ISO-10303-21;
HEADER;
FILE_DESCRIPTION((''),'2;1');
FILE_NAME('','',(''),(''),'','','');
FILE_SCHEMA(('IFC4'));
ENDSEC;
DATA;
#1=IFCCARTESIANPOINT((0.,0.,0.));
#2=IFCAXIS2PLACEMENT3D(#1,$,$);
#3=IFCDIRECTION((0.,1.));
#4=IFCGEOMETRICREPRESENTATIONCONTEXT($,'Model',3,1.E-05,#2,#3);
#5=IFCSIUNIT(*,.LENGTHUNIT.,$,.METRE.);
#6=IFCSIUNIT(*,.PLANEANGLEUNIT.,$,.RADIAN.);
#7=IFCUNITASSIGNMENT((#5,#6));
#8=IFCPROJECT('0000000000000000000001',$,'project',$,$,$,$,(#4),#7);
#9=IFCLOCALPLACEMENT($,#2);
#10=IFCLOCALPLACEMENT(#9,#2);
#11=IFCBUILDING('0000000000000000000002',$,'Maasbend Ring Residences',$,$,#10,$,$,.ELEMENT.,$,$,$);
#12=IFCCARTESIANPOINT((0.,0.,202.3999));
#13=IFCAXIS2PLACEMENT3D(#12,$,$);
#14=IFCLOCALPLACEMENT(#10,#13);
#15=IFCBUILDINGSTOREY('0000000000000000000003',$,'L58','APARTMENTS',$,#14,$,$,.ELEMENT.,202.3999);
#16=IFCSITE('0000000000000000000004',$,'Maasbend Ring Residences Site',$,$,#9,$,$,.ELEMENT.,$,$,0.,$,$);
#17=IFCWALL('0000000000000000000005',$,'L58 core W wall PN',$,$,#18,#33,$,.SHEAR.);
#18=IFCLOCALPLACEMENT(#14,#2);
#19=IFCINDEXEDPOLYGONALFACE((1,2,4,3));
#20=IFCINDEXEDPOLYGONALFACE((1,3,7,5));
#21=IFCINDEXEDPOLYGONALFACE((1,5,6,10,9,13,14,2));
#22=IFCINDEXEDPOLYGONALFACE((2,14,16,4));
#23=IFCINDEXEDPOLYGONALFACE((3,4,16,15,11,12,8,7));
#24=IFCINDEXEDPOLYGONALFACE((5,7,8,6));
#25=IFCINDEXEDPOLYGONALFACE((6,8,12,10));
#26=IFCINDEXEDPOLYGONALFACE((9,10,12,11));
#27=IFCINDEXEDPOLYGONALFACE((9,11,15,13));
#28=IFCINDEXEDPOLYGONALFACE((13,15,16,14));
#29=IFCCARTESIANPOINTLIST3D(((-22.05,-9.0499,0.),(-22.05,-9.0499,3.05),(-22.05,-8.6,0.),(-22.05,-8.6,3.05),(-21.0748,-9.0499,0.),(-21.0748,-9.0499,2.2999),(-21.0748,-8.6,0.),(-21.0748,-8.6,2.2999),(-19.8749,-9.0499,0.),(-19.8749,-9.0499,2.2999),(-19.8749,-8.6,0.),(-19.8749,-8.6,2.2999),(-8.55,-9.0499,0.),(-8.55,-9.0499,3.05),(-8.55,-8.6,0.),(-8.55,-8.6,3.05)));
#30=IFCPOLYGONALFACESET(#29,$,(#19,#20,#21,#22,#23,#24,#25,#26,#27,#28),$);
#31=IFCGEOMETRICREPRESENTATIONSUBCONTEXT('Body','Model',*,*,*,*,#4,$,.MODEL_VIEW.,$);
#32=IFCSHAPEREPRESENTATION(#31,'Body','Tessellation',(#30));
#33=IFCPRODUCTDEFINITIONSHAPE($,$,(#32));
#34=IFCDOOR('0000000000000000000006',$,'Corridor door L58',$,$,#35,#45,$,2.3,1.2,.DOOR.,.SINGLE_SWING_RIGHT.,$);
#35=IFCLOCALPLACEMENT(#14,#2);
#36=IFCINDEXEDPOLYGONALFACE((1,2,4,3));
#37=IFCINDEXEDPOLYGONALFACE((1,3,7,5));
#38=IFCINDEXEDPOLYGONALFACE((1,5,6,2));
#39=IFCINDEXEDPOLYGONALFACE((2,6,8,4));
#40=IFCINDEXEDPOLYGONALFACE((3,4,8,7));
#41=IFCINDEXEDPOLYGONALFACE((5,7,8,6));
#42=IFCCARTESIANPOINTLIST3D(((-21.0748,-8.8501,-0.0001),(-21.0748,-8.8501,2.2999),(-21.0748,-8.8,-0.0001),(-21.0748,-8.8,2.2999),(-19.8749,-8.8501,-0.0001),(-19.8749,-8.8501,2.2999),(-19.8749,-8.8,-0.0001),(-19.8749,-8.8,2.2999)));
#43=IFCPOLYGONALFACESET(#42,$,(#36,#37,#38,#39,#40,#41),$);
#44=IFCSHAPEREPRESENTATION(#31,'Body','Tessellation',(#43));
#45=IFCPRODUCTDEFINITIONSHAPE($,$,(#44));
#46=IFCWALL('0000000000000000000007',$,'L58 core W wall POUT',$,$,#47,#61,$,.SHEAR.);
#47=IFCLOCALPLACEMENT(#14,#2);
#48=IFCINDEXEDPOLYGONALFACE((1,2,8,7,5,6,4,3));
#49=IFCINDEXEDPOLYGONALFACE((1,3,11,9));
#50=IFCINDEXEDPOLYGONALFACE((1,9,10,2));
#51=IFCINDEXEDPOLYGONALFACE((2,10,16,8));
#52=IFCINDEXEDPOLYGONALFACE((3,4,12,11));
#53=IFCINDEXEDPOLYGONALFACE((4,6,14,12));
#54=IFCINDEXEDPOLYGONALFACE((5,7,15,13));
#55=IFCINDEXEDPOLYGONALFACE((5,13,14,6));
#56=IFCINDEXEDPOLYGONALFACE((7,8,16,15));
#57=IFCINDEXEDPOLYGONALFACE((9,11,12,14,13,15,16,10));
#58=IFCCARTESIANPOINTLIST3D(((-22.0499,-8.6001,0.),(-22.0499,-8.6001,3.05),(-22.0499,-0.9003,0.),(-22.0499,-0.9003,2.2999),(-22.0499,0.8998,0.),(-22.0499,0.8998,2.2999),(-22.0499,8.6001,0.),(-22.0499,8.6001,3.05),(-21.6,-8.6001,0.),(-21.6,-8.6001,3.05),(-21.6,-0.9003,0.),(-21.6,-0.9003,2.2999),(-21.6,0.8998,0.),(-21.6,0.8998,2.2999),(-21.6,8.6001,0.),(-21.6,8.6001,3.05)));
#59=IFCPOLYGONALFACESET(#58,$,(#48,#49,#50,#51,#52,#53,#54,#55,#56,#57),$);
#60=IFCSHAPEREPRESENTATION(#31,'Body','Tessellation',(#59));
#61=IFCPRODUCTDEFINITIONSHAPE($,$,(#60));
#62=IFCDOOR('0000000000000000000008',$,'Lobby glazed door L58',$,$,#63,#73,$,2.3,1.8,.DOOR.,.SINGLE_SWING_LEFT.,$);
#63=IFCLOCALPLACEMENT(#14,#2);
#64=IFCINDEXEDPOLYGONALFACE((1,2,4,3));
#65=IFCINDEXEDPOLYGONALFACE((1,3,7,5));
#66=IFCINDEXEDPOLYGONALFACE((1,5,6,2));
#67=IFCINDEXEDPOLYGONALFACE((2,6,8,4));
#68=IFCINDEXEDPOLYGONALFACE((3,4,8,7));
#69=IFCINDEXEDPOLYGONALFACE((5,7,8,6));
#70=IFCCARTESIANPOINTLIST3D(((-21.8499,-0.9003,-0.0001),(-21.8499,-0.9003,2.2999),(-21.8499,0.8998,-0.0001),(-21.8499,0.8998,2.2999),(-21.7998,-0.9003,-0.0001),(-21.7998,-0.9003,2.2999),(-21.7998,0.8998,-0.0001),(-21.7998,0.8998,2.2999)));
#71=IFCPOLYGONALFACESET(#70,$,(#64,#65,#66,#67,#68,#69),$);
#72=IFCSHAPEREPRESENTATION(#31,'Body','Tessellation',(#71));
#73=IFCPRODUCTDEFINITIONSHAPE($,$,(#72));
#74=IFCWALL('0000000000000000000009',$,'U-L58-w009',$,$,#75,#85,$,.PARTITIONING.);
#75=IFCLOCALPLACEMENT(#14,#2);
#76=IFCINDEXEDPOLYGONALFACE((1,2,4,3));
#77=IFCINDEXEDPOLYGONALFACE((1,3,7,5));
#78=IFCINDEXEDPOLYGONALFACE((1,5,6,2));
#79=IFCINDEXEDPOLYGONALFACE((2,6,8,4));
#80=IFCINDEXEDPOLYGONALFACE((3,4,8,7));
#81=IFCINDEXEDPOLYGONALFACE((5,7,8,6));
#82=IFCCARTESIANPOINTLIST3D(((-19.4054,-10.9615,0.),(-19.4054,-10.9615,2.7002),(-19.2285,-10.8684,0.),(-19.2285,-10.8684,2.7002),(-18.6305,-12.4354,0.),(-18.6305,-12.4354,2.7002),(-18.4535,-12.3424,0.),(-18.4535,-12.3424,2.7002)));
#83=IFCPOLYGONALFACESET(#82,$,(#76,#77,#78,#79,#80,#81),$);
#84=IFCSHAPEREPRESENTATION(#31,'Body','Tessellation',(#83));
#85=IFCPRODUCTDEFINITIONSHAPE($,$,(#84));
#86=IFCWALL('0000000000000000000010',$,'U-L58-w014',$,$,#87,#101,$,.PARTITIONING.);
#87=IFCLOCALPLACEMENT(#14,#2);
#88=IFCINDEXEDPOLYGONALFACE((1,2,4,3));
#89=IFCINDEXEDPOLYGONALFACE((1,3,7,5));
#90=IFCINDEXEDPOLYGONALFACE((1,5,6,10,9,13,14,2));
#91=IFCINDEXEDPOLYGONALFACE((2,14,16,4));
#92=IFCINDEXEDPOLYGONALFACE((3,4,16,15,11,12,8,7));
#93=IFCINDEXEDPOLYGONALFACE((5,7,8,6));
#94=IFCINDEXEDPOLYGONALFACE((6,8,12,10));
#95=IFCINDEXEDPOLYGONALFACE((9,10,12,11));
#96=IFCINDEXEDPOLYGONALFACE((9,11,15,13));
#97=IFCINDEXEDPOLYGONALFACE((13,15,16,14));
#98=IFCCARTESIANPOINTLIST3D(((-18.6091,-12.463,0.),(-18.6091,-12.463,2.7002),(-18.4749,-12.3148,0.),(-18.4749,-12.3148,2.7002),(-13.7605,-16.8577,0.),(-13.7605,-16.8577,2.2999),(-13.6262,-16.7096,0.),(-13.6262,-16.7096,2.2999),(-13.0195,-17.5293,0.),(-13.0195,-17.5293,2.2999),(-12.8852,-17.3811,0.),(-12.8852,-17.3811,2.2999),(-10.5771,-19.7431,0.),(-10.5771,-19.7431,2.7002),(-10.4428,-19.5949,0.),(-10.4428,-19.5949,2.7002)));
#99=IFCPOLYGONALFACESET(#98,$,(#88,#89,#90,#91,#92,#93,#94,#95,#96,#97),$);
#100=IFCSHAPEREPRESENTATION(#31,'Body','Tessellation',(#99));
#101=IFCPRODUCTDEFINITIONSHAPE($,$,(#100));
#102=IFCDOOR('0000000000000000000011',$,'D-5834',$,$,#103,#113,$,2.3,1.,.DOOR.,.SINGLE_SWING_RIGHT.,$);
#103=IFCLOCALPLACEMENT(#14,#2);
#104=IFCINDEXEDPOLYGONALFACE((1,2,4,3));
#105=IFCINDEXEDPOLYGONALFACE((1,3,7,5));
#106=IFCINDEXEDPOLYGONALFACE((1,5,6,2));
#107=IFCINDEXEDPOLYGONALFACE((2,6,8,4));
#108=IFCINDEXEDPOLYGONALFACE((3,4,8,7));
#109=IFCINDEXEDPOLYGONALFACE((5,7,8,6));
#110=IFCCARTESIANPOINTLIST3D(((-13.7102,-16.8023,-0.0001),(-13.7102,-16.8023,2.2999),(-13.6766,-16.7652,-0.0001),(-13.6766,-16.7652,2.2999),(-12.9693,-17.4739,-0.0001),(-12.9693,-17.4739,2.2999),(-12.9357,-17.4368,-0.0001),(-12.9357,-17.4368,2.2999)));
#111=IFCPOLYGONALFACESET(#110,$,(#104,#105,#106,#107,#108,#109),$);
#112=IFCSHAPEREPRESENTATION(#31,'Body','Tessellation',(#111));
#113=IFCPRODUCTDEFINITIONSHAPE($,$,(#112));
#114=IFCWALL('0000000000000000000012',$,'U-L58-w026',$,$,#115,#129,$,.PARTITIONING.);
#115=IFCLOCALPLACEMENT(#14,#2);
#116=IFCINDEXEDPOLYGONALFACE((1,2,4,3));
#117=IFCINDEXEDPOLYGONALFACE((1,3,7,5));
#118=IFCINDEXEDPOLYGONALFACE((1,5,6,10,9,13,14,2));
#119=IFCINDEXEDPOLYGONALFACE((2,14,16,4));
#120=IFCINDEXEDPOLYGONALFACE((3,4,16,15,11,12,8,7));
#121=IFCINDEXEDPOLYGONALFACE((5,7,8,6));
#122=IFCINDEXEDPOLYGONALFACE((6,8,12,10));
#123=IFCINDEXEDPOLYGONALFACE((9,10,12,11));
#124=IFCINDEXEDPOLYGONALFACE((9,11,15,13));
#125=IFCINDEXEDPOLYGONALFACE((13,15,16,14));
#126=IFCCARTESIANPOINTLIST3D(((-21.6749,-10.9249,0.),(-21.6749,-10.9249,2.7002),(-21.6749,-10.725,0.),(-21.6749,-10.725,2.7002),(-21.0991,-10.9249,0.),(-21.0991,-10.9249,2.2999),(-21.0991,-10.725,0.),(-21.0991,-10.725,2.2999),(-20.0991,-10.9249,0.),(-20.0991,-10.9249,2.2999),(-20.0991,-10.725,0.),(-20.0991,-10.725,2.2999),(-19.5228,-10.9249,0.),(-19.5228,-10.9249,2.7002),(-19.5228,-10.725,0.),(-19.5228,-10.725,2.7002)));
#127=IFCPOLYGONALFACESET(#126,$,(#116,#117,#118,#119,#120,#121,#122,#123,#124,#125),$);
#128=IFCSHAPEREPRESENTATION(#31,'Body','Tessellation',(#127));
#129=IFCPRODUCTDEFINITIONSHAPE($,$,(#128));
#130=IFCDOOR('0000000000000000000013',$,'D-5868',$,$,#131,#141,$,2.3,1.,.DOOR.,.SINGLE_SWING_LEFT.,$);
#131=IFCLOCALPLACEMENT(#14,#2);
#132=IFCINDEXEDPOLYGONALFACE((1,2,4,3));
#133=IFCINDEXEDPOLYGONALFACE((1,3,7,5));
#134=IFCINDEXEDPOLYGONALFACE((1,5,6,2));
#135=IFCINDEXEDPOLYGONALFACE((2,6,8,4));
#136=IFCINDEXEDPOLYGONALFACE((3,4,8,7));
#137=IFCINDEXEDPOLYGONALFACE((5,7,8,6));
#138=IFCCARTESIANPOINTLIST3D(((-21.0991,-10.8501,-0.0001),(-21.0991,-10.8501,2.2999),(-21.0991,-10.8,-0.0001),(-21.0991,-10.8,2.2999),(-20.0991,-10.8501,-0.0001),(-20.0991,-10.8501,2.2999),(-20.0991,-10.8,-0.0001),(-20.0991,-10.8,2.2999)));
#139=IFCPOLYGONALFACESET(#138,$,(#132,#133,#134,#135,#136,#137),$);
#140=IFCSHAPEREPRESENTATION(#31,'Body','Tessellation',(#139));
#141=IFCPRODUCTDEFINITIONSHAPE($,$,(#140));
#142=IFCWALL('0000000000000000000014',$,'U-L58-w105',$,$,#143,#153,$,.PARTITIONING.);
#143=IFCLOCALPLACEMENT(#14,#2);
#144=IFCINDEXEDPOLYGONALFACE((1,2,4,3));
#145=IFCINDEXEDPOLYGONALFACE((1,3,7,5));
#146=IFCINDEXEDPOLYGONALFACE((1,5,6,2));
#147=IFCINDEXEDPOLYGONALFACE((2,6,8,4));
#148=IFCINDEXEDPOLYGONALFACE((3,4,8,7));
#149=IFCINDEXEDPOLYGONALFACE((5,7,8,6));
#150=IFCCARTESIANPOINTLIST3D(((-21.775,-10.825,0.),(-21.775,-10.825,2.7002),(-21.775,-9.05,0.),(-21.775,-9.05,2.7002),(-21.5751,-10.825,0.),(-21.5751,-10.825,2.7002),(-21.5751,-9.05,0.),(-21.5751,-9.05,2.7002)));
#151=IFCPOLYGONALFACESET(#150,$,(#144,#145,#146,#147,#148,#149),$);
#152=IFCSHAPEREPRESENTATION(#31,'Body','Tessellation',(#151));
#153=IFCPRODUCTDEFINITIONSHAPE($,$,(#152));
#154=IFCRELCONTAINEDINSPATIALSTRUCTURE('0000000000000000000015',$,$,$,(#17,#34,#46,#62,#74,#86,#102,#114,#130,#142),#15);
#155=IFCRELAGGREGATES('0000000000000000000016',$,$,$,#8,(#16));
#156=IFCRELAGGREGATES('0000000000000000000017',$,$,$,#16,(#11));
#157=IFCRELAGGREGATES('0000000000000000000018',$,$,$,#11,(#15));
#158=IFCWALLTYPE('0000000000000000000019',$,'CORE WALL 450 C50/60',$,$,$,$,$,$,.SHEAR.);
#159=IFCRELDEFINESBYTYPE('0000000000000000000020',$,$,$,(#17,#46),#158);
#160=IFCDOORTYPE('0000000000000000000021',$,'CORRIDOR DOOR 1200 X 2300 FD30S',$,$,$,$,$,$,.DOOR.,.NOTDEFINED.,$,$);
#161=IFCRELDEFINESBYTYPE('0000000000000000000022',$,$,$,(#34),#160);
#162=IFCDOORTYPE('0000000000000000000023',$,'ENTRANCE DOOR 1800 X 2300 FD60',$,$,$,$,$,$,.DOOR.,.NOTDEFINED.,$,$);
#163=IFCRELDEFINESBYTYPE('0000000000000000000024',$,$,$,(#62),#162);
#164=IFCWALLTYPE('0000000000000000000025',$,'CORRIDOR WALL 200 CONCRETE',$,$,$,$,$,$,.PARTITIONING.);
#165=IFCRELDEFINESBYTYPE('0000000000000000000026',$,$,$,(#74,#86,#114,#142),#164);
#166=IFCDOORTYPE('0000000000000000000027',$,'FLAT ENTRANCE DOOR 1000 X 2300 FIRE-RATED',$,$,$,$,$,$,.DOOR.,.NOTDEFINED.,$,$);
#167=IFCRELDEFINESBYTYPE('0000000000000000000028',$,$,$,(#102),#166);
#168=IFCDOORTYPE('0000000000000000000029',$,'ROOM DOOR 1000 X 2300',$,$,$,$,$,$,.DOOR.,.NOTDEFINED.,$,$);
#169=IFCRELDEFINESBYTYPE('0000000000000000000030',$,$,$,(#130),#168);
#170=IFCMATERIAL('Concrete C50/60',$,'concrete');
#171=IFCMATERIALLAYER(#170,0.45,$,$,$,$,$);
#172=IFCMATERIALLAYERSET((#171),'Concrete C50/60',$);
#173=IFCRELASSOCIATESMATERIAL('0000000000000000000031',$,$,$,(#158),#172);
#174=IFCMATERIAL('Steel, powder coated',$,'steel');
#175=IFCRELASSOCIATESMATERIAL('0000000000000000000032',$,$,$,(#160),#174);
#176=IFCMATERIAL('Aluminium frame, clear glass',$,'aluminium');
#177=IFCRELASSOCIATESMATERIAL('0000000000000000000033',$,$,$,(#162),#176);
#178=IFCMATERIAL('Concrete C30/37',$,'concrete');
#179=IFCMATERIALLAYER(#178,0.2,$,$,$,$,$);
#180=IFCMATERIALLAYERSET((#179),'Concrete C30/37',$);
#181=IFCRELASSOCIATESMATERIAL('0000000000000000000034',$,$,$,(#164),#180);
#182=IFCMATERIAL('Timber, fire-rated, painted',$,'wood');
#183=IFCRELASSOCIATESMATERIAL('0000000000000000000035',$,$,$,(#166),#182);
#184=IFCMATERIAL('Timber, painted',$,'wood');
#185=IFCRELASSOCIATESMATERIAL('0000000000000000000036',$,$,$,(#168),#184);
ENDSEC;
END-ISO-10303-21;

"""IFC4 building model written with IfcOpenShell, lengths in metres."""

from ifc_helpers import new_model, si_unit, direction, frame, frame_2d, origin, place, context, subcontext, project, spatial, rectangle, extrude, material, layer, layer_set, type_object, element, fill, save


model = new_model("IFC4")

# Units and contexts
model_context = context("Model", 3, precision=1e-05, world=origin(), true_north=direction((0.0, 1.0)))
body_context = subcontext(model_context, "Body", "Model", "MODEL_VIEW")
ifc_project = project(units=[si_unit("LENGTHUNIT", "METRE"), si_unit("PLANEANGLEUNIT", "RADIAN")], contexts=[model_context])

# Site, building, storey
site_placement = place(None, origin())
site = spatial("IfcSite", under=ifc_project, at=site_placement, Name="Maasbend Ring Residences Site", CompositionType="ELEMENT", RefElevation=0.0)
building_placement = place(site_placement, origin())
building = spatial("IfcBuilding", under=site, at=building_placement, Name="Maasbend Ring Residences", CompositionType="ELEMENT")
storey_placement = place(building_placement, frame((0.0, 0.0, 202.3999)))
storey = spatial("IfcBuildingStorey", under=building, at=storey_placement, Name="L58", Description="APARTMENTS", CompositionType="ELEMENT", Elevation=202.3999)

# Walls, openings, doors
ifc_material_1 = material(Name="Concrete C50/60", Category="concrete")
ifc_layer_1 = layer(ifc_material_1, 0.45)
ifc_layer_set_1 = layer_set([ifc_layer_1], Name="Concrete C50/60")
wall_type_1 = type_object("IfcWallType", Name="CORE WALL 450 C50/60", PredefinedType="SHEAR", material=ifc_layer_set_1)
wall_1_placement = place(storey_placement, frame((-22.05, -8.825, 0.0), z_axis=(0.0, 0.0, 1.0), x_axis=(1.0, 0.0, 0.0)))
wall_1 = element("IfcWall", 1, at=wall_1_placement, inside=storey, type_object=wall_type_1, Name="L58 core W wall PN", PredefinedType="SHEAR", context=body_context, shape_type="SweptSolid", body=[
    extrude(rectangle(XDim=13.5, YDim=0.45, at=frame_2d((6.75, 0.0))), origin(), (0.0, 0.0, 1.0), 3.05),
])
opening_1_placement = place(wall_1_placement, frame((0.9751, 0.0, 0.0)))
opening_1 = element("IfcOpeningElement", 2, at=opening_1_placement, cuts=wall_1, PredefinedType="OPENING", context=body_context, shape_type="SweptSolid", body=[
    extrude(rectangle(XDim=1.2, YDim=2.3, at=frame_2d((0.6001, 1.1499))), frame((0.0, 0.2349, 0.0), z_axis=(0.0, -1.0, 0.0), x_axis=(1.0, 0.0, 0.0)), (0.0, 0.0, 1.0), 0.47),
])
ifc_material_2 = material(Name="Steel, powder coated", Category="steel")
door_type_1 = type_object("IfcDoorType", Name="CORRIDOR DOOR 1200 X 2300 FD30S", OperationType="NOTDEFINED", PredefinedType="DOOR", material=ifc_material_2)
door_1_placement = place(opening_1_placement, origin())
door_1 = element("IfcDoor", 3, at=door_1_placement, inside=storey, type_object=door_type_1, Name="Corridor door L58", OperationType="SINGLE_SWING_RIGHT", OverallHeight=2.3, OverallWidth=1.2, PredefinedType="DOOR", context=body_context, shape_type="SweptSolid", body=[
    extrude(rectangle(XDim=1.2, YDim=2.3, at=frame_2d((0.6001, 1.1499))), frame((0.0, 0.0249, 0.0), z_axis=(0.0, -1.0, 0.0), x_axis=(1.0, 0.0, 0.0)), (0.0, 0.0, 1.0), 0.05),
])
fill(opening_1, door_1)
wall_2_placement = place(storey_placement, frame((-21.825, -8.6001, 0.0), z_axis=(0.0, 0.0, 1.0), x_axis=(0.0, 1.0, 0.0)))
wall_2 = element("IfcWall", 4, at=wall_2_placement, inside=storey, type_object=wall_type_1, Name="L58 core W wall POUT", PredefinedType="SHEAR", context=body_context, shape_type="SweptSolid", body=[
    extrude(rectangle(XDim=17.2002, YDim=0.45, at=frame_2d((8.6001, 0.0))), origin(), (0.0, 0.0, 1.0), 3.05),
])
opening_2_placement = place(wall_2_placement, frame((7.7, 0.0, 0.0)))
opening_2 = element("IfcOpeningElement", 5, at=opening_2_placement, cuts=wall_2, PredefinedType="OPENING", context=body_context, shape_type="SweptSolid", body=[
    extrude(rectangle(XDim=1.8, YDim=2.3, at=frame_2d((0.8999, 1.1499))), frame((0.0, 0.2349, 0.0), z_axis=(0.0, -1.0, 0.0), x_axis=(1.0, 0.0, 0.0)), (0.0, 0.0, 1.0), 0.47),
])
ifc_material_3 = material(Name="Aluminium frame, clear glass", Category="aluminium")
door_type_2 = type_object("IfcDoorType", Name="ENTRANCE DOOR 1800 X 2300 FD60", OperationType="NOTDEFINED", PredefinedType="DOOR", material=ifc_material_3)
door_2_placement = place(opening_2_placement, origin())
door_2 = element("IfcDoor", 6, at=door_2_placement, inside=storey, type_object=door_type_2, Name="Lobby glazed door L58", OperationType="SINGLE_SWING_LEFT", OverallHeight=2.3, OverallWidth=1.8, PredefinedType="DOOR", context=body_context, shape_type="SweptSolid", body=[
    extrude(rectangle(XDim=1.8, YDim=2.3, at=frame_2d((0.8999, 1.1499))), frame((0.0, 0.0249, 0.0), z_axis=(0.0, -1.0, 0.0), x_axis=(1.0, 0.0, 0.0)), (0.0, 0.0, 1.0), 0.05),
])
fill(opening_2, door_2)

# Wall
ifc_material_4 = material(Name="Concrete C30/37", Category="concrete")
ifc_layer_2 = layer(ifc_material_4, 0.2)
ifc_layer_set_2 = layer_set([ifc_layer_2], Name="Concrete C30/37")
wall_type_2 = type_object("IfcWallType", Name="CORRIDOR WALL 200 CONCRETE", PredefinedType="PARTITIONING", material=ifc_layer_set_2)
wall_3_placement = place(storey_placement, frame((-19.3169, -10.915, 0.0), z_axis=(0.0, 0.0, 1.0), x_axis=(0.46536, -0.885122, 0.0)))
element("IfcWall", 7, at=wall_3_placement, inside=storey, type_object=wall_type_2, Name="U-L58-w009", PredefinedType="PARTITIONING", context=body_context, shape_type="SweptSolid", body=[
    extrude(rectangle(XDim=1.6653, YDim=0.2, at=frame_2d((0.8325, 0.0))), origin(), (0.0, 0.0, 1.0), 2.7002),
])

# Walls, openings, doors
wall_4_placement = place(storey_placement, frame((-18.542, -12.3889, 0.0), z_axis=(0.0, 0.0, 1.0), x_axis=(0.740939, -0.671572, 0.0)))
wall_4 = element("IfcWall", 8, at=wall_4_placement, inside=storey, type_object=wall_type_2, Name="U-L58-w014", PredefinedType="PARTITIONING", context=body_context, shape_type="SweptSolid", body=[
    extrude(rectangle(XDim=10.8403, YDim=0.2, at=frame_2d((5.4202, 0.0))), origin(), (0.0, 0.0, 1.0), 2.7002),
])
opening_3_placement = place(wall_4_placement, frame((6.5439, 0.0, 0.0)))
opening_3 = element("IfcOpeningElement", 9, at=opening_3_placement, cuts=wall_4, PredefinedType="OPENING", context=body_context, shape_type="SweptSolid", body=[
    extrude(rectangle(XDim=1.0, YDim=2.3, at=frame_2d((0.5, 1.1499))), frame((0.0, 0.1099, 0.0), z_axis=(0.0, -1.0, 0.0), x_axis=(1.0, 0.0, 0.0)), (0.0, 0.0, 1.0), 0.22),
])
ifc_material_5 = material(Name="Timber, fire-rated, painted", Category="wood")
door_type_3 = type_object("IfcDoorType", Name="FLAT ENTRANCE DOOR 1000 X 2300 FIRE-RATED", OperationType="NOTDEFINED", PredefinedType="DOOR", material=ifc_material_5)
door_3_placement = place(opening_3_placement, origin())
door_3 = element("IfcDoor", 10, at=door_3_placement, inside=storey, type_object=door_type_3, Name="D-5834", OperationType="SINGLE_SWING_RIGHT", OverallHeight=2.3, OverallWidth=1.0, PredefinedType="DOOR", context=body_context, shape_type="SweptSolid", body=[
    extrude(rectangle(XDim=1.0, YDim=2.3, at=frame_2d((0.5, 1.1499))), frame((0.0, 0.0249, 0.0), z_axis=(0.0, -1.0, 0.0), x_axis=(1.0, 0.0, 0.0)), (0.0, 0.0, 1.0), 0.05),
])
fill(opening_3, door_3)
wall_5_placement = place(storey_placement, frame((-21.675, -10.825, 0.0), z_axis=(0.0, 0.0, 1.0), x_axis=(1.0, 0.0, 0.0)))
wall_5 = element("IfcWall", 11, at=wall_5_placement, inside=storey, type_object=wall_type_2, Name="U-L58-w026", PredefinedType="PARTITIONING", context=body_context, shape_type="SweptSolid", body=[
    extrude(rectangle(XDim=2.1521, YDim=0.2, at=frame_2d((1.0762, 0.0))), origin(), (0.0, 0.0, 1.0), 2.7002),
])
opening_4_placement = place(wall_5_placement, frame((0.5759, 0.0, 0.0)))
opening_4 = element("IfcOpeningElement", 12, at=opening_4_placement, cuts=wall_5, PredefinedType="OPENING", context=body_context, shape_type="SweptSolid", body=[
    extrude(rectangle(XDim=1.0, YDim=2.3, at=frame_2d((0.5, 1.1499))), frame((0.0, 0.1099, 0.0), z_axis=(0.0, -1.0, 0.0), x_axis=(1.0, 0.0, 0.0)), (0.0, 0.0, 1.0), 0.22),
])
ifc_material_6 = material(Name="Timber, painted", Category="wood")
door_type_4 = type_object("IfcDoorType", Name="ROOM DOOR 1000 X 2300", OperationType="NOTDEFINED", PredefinedType="DOOR", material=ifc_material_6)
door_4_placement = place(opening_4_placement, origin())
door_4 = element("IfcDoor", 13, at=door_4_placement, inside=storey, type_object=door_type_4, Name="D-5868", OperationType="SINGLE_SWING_LEFT", OverallHeight=2.3, OverallWidth=1.0, PredefinedType="DOOR", context=body_context, shape_type="SweptSolid", body=[
    extrude(rectangle(XDim=1.0, YDim=2.3, at=frame_2d((0.5, 1.1499))), frame((0.0, 0.0249, 0.0), z_axis=(0.0, -1.0, 0.0), x_axis=(1.0, 0.0, 0.0)), (0.0, 0.0, 1.0), 0.05),
])
fill(opening_4, door_4)

# Wall
wall_6_placement = place(storey_placement, frame((-21.675, -10.825, 0.0), z_axis=(0.0, 0.0, 1.0), x_axis=(0.0, 1.0, 0.0)))
element("IfcWall", 14, at=wall_6_placement, inside=storey, type_object=wall_type_2, Name="U-L58-w105", PredefinedType="PARTITIONING", context=body_context, shape_type="SweptSolid", body=[
    extrude(rectangle(XDim=1.7749, YDim=0.2, at=frame_2d((0.8875, 0.0))), origin(), (0.0, 0.0, 1.0), 2.7002),
])

save(model, "model.ifc")
